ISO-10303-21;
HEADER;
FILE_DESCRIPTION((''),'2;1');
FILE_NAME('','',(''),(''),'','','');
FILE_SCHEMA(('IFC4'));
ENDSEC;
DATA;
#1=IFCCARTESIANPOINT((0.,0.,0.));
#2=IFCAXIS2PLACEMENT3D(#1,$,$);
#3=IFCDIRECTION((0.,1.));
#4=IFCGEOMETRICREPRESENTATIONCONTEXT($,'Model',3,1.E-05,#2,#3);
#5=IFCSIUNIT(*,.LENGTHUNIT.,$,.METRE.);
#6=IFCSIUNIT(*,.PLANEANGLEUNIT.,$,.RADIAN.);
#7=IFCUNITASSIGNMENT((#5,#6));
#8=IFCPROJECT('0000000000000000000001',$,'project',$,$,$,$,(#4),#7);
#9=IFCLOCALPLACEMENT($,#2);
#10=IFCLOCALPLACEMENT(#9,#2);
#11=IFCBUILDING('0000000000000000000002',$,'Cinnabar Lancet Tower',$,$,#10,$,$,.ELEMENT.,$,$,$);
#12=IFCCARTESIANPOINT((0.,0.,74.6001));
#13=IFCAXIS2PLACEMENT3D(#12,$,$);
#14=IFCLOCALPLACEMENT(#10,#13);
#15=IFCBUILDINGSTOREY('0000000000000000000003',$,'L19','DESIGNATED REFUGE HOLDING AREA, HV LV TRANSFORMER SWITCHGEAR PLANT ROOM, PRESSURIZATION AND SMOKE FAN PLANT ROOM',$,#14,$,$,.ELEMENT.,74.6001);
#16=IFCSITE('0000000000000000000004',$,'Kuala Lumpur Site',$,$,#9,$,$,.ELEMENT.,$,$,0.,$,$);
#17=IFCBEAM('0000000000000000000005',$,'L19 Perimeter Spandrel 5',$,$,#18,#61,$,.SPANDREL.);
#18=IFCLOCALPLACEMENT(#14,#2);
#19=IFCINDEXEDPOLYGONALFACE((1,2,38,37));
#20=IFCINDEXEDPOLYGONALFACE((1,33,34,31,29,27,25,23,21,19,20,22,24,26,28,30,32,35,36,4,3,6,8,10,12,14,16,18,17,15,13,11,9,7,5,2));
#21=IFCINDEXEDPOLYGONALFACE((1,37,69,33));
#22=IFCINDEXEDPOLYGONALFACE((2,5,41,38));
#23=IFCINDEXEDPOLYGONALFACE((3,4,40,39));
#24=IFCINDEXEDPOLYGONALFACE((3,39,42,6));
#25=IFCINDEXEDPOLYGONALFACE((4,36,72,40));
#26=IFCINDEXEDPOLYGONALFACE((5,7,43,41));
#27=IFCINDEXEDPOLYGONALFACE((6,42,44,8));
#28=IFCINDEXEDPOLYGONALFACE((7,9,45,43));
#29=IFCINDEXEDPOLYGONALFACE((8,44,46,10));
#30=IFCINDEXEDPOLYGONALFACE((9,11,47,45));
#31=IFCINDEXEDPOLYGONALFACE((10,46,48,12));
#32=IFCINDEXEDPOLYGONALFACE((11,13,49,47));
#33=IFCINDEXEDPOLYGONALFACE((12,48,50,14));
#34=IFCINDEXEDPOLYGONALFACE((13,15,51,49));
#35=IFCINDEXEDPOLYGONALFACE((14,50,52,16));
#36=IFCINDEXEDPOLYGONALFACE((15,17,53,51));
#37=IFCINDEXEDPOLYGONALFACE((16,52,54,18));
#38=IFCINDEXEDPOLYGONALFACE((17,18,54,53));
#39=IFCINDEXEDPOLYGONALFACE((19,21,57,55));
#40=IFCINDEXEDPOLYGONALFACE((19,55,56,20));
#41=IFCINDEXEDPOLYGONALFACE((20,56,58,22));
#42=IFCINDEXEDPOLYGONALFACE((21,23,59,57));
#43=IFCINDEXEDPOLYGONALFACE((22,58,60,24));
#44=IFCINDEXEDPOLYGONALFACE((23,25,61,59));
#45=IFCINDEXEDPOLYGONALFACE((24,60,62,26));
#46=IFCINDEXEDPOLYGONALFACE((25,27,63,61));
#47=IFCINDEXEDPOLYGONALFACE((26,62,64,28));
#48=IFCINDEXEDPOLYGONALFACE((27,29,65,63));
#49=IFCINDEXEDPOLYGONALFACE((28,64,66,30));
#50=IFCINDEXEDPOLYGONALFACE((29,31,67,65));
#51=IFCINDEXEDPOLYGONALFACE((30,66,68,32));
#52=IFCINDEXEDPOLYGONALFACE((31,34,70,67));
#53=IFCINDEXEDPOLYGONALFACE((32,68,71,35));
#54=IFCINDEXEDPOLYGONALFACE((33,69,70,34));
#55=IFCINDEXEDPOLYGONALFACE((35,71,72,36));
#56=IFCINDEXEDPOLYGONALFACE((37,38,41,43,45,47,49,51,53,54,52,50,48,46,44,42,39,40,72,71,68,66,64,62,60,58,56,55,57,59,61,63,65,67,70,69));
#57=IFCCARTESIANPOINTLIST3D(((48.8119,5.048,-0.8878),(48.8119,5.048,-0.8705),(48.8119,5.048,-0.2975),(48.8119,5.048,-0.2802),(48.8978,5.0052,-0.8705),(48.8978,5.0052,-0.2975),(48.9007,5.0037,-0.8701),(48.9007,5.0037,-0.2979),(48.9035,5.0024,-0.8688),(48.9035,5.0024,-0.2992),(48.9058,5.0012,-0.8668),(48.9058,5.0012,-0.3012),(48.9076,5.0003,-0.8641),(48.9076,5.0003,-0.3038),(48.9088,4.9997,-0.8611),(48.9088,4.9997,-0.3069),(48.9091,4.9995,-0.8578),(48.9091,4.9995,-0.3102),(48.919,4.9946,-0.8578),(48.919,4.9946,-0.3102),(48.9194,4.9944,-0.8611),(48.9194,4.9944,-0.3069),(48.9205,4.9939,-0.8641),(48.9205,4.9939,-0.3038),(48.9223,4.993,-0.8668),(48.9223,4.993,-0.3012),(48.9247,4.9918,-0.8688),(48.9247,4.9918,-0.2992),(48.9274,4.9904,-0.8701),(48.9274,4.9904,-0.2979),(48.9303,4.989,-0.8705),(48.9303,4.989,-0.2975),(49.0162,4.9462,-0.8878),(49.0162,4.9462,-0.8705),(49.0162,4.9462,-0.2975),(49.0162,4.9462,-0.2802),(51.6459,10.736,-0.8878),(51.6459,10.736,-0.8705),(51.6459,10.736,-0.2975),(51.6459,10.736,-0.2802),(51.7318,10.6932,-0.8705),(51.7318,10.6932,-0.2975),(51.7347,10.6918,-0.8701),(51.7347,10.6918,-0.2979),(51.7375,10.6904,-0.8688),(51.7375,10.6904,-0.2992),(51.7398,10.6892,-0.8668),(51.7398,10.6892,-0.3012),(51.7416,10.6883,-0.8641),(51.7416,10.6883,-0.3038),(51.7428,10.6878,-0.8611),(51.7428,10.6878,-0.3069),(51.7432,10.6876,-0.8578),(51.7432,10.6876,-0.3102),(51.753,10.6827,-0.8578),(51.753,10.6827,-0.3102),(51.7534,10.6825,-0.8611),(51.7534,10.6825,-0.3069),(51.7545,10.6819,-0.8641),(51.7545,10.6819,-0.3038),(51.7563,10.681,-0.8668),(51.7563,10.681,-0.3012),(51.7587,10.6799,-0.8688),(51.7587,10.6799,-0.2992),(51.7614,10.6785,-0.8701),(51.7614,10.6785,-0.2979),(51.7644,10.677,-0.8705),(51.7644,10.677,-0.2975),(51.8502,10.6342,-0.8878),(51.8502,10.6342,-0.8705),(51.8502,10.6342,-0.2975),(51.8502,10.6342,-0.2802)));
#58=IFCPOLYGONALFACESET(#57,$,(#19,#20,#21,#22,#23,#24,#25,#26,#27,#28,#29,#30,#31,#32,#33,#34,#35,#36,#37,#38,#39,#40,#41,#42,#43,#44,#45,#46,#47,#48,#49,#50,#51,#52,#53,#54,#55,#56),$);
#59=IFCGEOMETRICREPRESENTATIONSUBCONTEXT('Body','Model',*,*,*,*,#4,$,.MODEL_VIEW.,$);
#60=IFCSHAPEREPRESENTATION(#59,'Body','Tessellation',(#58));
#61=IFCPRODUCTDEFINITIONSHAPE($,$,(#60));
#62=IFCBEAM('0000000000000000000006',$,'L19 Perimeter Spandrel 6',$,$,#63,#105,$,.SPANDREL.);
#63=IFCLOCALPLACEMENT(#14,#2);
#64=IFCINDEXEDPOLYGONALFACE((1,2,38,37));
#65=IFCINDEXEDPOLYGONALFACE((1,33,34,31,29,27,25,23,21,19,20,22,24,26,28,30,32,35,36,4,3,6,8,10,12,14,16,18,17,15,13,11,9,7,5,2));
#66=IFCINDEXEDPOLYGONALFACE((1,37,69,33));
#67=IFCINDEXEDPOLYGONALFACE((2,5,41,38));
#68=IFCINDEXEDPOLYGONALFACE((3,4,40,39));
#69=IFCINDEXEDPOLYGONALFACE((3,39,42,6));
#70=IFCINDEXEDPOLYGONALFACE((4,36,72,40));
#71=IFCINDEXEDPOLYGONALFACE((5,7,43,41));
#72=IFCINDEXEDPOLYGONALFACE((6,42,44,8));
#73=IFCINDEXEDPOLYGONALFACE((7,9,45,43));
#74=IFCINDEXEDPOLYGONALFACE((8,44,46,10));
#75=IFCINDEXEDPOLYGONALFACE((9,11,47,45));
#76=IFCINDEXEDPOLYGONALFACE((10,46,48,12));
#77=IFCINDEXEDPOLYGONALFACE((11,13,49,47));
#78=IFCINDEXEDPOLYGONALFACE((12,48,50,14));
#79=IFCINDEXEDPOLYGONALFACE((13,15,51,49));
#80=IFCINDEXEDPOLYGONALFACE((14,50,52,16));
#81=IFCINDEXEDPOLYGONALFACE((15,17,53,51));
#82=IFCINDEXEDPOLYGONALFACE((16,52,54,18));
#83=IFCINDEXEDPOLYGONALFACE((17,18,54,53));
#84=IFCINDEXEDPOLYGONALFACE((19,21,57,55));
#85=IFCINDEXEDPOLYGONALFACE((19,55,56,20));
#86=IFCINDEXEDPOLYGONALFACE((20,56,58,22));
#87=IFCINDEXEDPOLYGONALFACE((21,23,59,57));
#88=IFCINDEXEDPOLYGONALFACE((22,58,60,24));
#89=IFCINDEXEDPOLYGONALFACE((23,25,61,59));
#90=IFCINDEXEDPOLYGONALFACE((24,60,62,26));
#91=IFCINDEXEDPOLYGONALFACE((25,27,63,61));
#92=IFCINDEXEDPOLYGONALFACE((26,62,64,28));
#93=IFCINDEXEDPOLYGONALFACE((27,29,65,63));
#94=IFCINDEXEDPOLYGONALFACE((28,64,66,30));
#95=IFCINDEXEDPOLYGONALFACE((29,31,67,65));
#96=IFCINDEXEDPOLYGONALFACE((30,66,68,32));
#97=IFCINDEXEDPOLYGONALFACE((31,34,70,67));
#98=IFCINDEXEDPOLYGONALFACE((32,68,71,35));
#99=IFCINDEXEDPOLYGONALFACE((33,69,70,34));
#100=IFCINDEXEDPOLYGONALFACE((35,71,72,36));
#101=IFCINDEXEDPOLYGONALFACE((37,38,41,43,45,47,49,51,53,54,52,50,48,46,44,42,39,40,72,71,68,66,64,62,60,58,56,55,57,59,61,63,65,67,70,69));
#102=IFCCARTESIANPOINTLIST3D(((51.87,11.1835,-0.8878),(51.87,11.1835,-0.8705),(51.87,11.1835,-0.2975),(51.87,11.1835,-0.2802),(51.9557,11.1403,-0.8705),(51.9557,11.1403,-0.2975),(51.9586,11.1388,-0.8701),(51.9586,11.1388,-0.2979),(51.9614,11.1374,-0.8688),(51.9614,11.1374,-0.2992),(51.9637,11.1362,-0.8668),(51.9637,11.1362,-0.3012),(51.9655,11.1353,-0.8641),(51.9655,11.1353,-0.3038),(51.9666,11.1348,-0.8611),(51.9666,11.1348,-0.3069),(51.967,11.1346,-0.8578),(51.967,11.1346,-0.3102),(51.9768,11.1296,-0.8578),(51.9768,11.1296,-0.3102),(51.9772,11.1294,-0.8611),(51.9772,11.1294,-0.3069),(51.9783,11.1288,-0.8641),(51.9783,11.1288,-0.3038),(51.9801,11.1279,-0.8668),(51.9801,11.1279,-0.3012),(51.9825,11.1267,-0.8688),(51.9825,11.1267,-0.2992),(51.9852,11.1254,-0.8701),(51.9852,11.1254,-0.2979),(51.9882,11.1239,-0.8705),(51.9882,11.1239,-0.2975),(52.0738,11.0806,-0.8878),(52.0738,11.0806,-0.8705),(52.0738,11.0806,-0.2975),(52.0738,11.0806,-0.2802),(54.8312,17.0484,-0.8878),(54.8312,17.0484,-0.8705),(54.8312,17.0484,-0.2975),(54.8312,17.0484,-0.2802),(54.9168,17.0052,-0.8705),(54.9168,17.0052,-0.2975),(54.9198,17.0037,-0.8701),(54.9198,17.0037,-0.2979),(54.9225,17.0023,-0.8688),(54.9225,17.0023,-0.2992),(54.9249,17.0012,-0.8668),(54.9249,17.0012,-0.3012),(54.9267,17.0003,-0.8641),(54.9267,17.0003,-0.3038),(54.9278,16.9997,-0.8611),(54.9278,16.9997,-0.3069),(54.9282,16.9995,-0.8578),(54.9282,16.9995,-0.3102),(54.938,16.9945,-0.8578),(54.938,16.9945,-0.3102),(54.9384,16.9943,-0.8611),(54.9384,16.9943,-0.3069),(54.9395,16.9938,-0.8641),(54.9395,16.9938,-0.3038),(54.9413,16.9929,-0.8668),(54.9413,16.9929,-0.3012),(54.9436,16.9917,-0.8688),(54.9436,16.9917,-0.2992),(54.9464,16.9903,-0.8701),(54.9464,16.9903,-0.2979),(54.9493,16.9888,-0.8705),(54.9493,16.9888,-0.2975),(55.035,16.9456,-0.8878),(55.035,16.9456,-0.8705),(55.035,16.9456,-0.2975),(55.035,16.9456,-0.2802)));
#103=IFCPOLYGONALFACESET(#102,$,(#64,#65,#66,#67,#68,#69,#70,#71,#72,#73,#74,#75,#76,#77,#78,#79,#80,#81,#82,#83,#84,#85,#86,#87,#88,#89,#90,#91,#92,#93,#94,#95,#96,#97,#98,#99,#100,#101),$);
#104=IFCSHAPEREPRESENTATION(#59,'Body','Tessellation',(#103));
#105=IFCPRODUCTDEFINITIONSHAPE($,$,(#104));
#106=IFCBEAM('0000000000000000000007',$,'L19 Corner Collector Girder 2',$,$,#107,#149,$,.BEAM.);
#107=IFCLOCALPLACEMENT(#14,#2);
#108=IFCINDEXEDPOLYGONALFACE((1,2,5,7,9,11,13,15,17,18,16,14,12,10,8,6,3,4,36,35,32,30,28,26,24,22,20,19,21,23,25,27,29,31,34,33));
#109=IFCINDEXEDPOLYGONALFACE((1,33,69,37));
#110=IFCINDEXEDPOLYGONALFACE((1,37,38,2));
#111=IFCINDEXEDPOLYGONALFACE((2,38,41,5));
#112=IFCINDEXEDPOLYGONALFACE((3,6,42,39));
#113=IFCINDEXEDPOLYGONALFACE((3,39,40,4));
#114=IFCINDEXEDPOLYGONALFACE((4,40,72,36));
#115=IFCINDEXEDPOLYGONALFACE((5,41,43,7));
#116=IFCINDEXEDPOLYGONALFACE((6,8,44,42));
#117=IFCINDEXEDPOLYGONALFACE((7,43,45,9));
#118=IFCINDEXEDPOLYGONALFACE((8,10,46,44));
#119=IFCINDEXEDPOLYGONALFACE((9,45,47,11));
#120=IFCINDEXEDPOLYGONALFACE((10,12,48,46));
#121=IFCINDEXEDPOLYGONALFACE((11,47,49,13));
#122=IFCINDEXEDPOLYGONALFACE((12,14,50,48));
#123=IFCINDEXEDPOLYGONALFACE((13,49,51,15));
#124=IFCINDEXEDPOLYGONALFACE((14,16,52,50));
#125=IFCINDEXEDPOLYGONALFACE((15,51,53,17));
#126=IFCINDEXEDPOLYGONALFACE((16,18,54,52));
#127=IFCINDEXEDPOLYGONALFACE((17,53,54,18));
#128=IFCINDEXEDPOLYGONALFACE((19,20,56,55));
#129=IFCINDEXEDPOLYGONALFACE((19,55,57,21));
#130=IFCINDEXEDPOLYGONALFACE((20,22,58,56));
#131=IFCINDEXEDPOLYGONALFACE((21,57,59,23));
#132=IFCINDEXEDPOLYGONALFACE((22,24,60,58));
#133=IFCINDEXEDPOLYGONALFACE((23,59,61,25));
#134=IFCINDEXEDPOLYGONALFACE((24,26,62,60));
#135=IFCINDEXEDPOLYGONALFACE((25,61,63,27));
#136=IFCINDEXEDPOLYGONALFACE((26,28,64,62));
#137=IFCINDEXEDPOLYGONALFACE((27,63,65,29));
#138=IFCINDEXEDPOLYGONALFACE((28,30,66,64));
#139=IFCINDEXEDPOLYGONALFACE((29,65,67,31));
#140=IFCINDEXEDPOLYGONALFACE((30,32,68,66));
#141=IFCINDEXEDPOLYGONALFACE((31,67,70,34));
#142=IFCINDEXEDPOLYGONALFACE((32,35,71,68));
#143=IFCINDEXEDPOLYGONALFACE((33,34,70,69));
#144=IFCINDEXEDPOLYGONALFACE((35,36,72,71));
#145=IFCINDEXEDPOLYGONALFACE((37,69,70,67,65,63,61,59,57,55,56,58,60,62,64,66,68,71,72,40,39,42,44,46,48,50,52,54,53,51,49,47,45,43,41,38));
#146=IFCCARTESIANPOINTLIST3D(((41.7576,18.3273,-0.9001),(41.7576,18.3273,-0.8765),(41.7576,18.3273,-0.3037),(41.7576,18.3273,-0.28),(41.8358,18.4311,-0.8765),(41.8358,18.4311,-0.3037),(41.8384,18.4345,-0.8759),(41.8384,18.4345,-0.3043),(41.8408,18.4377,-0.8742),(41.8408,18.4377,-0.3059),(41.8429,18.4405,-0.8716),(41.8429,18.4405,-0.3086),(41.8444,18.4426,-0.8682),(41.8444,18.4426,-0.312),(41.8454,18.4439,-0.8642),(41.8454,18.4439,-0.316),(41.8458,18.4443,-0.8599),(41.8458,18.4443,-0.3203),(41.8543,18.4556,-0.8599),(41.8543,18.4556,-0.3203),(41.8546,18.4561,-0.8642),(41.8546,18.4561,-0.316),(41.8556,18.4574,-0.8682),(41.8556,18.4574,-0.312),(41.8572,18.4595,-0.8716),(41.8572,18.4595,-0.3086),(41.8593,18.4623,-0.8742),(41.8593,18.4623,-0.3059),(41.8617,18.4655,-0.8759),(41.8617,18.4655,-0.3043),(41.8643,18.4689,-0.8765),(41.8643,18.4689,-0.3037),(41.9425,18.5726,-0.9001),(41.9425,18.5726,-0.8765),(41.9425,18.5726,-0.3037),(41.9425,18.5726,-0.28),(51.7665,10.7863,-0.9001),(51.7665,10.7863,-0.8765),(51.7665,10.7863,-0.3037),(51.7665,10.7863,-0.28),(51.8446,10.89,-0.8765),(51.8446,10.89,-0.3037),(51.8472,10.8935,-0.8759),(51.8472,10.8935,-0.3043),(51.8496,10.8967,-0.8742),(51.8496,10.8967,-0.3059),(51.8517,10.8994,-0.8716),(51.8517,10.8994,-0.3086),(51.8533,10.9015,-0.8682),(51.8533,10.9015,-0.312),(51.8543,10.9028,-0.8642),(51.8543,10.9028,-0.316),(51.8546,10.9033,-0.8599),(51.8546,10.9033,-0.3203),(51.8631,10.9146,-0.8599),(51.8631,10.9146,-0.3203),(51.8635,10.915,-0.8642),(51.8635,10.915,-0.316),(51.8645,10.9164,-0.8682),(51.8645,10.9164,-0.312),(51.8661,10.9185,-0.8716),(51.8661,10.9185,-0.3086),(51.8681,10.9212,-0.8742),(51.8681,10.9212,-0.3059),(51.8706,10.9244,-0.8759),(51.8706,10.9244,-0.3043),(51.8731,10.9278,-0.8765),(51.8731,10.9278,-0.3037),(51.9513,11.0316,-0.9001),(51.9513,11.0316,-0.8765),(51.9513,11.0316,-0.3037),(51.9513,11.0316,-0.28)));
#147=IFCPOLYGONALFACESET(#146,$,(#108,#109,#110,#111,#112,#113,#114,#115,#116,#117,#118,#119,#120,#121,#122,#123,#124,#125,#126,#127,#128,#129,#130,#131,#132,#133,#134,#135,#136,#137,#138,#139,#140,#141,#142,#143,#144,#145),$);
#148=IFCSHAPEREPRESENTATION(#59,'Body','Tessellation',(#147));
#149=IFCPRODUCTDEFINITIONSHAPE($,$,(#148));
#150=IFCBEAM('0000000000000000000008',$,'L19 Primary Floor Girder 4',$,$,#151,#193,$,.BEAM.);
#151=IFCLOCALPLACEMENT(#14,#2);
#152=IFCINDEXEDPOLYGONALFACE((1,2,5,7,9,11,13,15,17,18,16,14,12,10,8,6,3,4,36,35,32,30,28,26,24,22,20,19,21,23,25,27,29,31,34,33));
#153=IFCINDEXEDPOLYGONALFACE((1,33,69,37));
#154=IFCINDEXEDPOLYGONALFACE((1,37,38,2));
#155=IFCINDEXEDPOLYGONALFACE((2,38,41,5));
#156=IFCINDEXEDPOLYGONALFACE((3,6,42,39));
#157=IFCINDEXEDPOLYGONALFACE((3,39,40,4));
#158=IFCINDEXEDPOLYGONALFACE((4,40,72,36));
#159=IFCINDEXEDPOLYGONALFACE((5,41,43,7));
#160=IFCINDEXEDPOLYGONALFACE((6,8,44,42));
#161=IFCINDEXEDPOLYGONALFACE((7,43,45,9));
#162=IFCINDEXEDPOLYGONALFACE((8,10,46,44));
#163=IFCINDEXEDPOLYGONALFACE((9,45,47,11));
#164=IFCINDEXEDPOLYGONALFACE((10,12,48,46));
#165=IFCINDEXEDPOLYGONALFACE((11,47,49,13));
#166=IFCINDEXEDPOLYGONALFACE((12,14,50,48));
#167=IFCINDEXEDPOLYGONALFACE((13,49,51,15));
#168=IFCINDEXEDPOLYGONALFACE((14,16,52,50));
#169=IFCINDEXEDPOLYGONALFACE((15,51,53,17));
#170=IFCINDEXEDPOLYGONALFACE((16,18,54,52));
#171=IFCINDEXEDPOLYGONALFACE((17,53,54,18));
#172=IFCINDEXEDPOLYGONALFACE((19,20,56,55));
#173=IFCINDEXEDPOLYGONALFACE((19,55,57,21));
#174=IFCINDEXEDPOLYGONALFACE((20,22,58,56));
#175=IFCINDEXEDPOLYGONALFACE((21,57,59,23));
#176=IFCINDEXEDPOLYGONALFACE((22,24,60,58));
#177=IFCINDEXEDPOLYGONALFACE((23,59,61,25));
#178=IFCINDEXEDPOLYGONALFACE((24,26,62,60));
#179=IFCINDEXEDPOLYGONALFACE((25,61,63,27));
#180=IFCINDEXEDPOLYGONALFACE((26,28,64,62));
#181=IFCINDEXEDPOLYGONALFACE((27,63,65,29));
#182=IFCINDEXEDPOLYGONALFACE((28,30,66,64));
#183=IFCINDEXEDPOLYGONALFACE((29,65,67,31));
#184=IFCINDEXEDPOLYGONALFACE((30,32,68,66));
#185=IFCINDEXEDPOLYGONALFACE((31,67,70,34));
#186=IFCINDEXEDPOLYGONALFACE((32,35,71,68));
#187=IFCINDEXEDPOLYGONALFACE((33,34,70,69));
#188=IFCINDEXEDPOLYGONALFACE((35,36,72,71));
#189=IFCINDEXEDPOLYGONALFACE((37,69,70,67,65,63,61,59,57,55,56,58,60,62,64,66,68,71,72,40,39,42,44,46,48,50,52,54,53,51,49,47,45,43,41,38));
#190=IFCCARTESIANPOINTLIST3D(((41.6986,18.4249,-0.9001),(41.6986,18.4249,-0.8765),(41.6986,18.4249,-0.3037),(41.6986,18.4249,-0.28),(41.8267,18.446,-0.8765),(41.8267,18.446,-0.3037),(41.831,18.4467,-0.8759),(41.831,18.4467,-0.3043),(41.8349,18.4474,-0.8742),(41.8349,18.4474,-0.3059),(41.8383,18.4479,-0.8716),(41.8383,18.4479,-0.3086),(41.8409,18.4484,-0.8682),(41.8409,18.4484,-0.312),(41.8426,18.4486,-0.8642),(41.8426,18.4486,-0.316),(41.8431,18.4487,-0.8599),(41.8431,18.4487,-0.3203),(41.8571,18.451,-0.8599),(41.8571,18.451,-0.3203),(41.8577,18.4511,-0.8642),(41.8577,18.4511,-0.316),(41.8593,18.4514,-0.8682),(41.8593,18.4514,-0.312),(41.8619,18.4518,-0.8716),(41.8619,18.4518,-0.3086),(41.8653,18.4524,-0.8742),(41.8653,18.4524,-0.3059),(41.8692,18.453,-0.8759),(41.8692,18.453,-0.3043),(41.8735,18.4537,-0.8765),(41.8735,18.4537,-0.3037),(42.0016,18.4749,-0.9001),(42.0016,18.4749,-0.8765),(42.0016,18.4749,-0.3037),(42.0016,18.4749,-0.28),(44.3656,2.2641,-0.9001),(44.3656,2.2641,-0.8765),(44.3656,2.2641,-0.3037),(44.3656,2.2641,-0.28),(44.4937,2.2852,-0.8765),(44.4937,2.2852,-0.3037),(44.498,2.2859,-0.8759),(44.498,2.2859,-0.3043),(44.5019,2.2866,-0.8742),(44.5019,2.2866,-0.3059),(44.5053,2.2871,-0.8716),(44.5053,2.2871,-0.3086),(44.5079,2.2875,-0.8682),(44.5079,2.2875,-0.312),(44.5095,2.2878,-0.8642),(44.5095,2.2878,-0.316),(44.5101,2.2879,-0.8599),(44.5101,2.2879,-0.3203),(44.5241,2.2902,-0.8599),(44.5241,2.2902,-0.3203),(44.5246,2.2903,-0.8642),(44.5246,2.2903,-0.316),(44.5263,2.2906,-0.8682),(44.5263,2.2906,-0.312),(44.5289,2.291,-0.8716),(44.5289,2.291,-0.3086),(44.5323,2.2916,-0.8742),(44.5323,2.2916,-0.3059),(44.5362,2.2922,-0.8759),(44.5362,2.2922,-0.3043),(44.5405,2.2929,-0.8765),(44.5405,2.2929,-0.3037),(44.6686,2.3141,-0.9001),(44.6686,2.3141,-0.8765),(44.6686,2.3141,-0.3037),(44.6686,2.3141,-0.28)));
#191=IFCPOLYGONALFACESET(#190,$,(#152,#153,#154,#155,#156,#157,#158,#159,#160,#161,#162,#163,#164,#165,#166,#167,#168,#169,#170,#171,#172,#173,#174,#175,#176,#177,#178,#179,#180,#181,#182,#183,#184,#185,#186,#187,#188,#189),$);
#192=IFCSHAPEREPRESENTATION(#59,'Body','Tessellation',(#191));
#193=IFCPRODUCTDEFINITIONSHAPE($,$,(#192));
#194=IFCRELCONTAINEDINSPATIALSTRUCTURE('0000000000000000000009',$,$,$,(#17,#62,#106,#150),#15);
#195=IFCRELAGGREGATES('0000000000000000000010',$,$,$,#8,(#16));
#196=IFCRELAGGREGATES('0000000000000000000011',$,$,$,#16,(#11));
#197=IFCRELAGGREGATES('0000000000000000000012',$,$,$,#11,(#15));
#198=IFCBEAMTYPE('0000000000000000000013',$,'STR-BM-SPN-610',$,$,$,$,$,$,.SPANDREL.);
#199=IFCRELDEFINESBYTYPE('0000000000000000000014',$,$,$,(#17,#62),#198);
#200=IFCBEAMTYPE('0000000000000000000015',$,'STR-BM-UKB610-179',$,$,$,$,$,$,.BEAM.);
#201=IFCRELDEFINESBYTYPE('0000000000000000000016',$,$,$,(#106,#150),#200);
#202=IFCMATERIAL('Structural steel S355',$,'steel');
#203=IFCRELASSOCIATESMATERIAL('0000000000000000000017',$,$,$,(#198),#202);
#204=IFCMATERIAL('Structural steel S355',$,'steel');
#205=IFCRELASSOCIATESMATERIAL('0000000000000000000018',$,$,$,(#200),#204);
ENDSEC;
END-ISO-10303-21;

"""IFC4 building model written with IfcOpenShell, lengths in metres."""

from ifc_helpers import new_model, si_unit, direction, frame, origin, origin_2d, place, context, subcontext, project, spatial, i_section, extrude, material, material_profile, profile_set, type_object, element, save


model = new_model("IFC4")

# Units and contexts
model_context = context("Model", 3, precision=1e-05, world=origin(), true_north=direction((0.0, 1.0)))
body_context = subcontext(model_context, "Body", "Model", "MODEL_VIEW")
ifc_project = project(units=[si_unit("LENGTHUNIT", "METRE"), si_unit("PLANEANGLEUNIT", "RADIAN")], contexts=[model_context])

# Site, building, storey
site_placement = place(None, origin())
site = spatial("IfcSite", under=ifc_project, at=site_placement, Name="Kuala Lumpur Site", CompositionType="ELEMENT", RefElevation=0.0)
building_placement = place(site_placement, origin())
building = spatial("IfcBuilding", under=site, at=building_placement, Name="Cinnabar Lancet Tower", CompositionType="ELEMENT")
storey_placement = place(building_placement, frame((0.0, 0.0, 74.6001)))
storey = spatial("IfcBuildingStorey", under=building, at=storey_placement, Name="L19", Description="DESIGNATED REFUGE HOLDING AREA, HV LV TRANSFORMER SWITCHGEAR PLANT ROOM, PRESSURIZATION AND SMOKE FAN PLANT ROOM", CompositionType="ELEMENT", Elevation=74.6001)

# Beams
ifc_material_1 = material(Name="Structural steel S355", Category="steel")
ifc_material_profile_1 = material_profile(ifc_material_1, i_section(OverallWidth=0.2283, OverallDepth=0.6077, WebThickness=0.011, FlangeThickness=0.0173, FilletRadius=0.0127, at=origin_2d()), Name="UKB 610x229x113")
ifc_profile_set_1 = profile_set([ifc_material_profile_1], Name="Structural steel S355")
beam_type_1 = type_object("IfcBeamType", Name="STR-BM-SPN-610", PredefinedType="SPANDREL", material=ifc_profile_set_1)
beam_1_placement = place(storey_placement, frame((48.9141, 4.9971, -0.584), z_axis=(0.445953, 0.895056, 0.0), x_axis=(-0.895056, 0.445953, 0.0)))
element("IfcBeam", 1, at=beam_1_placement, inside=storey, type_object=beam_type_1, Name="L19 Perimeter Spandrel 5", PredefinedType="SPANDREL", context=body_context, shape_type="SweptSolid", body=[
    extrude(i_section(OverallWidth=0.2283, OverallDepth=0.6077, WebThickness=0.011, FlangeThickness=0.0173, FilletRadius=0.0127, at=origin_2d()), origin(), (0.0, 0.0, 1.0), 6.355),
])
beam_2_placement = place(storey_placement, frame((51.9719, 11.1321, -0.584), z_axis=(0.450703, 0.892674, 0.0), x_axis=(-0.892674, 0.450703, 0.0)))
element("IfcBeam", 2, at=beam_2_placement, inside=storey, type_object=beam_type_1, Name="L19 Perimeter Spandrel 6", PredefinedType="SPANDREL", context=body_context, shape_type="SweptSolid", body=[
    extrude(i_section(OverallWidth=0.2283, OverallDepth=0.6077, WebThickness=0.011, FlangeThickness=0.0173, FilletRadius=0.0127, at=origin_2d()), origin(), (0.0, 0.0, 1.0), 6.5701),
])
ifc_material_2 = material(Name="Structural steel S355", Category="steel")
ifc_material_profile_2 = material_profile(ifc_material_2, i_section(OverallWidth=0.3071, OverallDepth=0.6201, WebThickness=0.0142, FlangeThickness=0.0237, FilletRadius=0.0166, at=origin_2d()), Name="UKB 610x305x179")
ifc_profile_set_2 = profile_set([ifc_material_profile_2], Name="Structural steel S355")
beam_type_2 = type_object("IfcBeamType", Name="STR-BM-UKB610-179", PredefinedType="BEAM", material=ifc_profile_set_2)
beam_3_placement = place(storey_placement, frame((51.8589, 10.9089, -0.5901), z_axis=(-0.79868, 0.601757, 0.0), x_axis=(-0.601757, -0.79868, 0.0)))
element("IfcBeam", 3, at=beam_3_placement, inside=storey, type_object=beam_type_2, Name="L19 Corner Collector Girder 2", PredefinedType="BEAM", context=body_context, shape_type="SweptSolid", body=[
    extrude(i_section(OverallWidth=0.3071, OverallDepth=0.6201, WebThickness=0.0142, FlangeThickness=0.0237, FilletRadius=0.0166, at=origin_2d()), origin(), (0.0, 0.0, 1.0), 12.5317),
])
beam_4_placement = place(storey_placement, frame((44.5171, 2.2891, -0.5901), z_axis=(-0.162825, 0.986655, 0.0), x_axis=(-0.986655, -0.162825, 0.0)))
element("IfcBeam", 4, at=beam_4_placement, inside=storey, type_object=beam_type_2, Name="L19 Primary Floor Girder 4", PredefinedType="BEAM", context=body_context, shape_type="SweptSolid", body=[
    extrude(i_section(OverallWidth=0.3071, OverallDepth=0.6201, WebThickness=0.0142, FlangeThickness=0.0237, FilletRadius=0.0166, at=origin_2d()), origin(), (0.0, 0.0, 1.0), 16.3794),
])

save(model, "model.ifc")
